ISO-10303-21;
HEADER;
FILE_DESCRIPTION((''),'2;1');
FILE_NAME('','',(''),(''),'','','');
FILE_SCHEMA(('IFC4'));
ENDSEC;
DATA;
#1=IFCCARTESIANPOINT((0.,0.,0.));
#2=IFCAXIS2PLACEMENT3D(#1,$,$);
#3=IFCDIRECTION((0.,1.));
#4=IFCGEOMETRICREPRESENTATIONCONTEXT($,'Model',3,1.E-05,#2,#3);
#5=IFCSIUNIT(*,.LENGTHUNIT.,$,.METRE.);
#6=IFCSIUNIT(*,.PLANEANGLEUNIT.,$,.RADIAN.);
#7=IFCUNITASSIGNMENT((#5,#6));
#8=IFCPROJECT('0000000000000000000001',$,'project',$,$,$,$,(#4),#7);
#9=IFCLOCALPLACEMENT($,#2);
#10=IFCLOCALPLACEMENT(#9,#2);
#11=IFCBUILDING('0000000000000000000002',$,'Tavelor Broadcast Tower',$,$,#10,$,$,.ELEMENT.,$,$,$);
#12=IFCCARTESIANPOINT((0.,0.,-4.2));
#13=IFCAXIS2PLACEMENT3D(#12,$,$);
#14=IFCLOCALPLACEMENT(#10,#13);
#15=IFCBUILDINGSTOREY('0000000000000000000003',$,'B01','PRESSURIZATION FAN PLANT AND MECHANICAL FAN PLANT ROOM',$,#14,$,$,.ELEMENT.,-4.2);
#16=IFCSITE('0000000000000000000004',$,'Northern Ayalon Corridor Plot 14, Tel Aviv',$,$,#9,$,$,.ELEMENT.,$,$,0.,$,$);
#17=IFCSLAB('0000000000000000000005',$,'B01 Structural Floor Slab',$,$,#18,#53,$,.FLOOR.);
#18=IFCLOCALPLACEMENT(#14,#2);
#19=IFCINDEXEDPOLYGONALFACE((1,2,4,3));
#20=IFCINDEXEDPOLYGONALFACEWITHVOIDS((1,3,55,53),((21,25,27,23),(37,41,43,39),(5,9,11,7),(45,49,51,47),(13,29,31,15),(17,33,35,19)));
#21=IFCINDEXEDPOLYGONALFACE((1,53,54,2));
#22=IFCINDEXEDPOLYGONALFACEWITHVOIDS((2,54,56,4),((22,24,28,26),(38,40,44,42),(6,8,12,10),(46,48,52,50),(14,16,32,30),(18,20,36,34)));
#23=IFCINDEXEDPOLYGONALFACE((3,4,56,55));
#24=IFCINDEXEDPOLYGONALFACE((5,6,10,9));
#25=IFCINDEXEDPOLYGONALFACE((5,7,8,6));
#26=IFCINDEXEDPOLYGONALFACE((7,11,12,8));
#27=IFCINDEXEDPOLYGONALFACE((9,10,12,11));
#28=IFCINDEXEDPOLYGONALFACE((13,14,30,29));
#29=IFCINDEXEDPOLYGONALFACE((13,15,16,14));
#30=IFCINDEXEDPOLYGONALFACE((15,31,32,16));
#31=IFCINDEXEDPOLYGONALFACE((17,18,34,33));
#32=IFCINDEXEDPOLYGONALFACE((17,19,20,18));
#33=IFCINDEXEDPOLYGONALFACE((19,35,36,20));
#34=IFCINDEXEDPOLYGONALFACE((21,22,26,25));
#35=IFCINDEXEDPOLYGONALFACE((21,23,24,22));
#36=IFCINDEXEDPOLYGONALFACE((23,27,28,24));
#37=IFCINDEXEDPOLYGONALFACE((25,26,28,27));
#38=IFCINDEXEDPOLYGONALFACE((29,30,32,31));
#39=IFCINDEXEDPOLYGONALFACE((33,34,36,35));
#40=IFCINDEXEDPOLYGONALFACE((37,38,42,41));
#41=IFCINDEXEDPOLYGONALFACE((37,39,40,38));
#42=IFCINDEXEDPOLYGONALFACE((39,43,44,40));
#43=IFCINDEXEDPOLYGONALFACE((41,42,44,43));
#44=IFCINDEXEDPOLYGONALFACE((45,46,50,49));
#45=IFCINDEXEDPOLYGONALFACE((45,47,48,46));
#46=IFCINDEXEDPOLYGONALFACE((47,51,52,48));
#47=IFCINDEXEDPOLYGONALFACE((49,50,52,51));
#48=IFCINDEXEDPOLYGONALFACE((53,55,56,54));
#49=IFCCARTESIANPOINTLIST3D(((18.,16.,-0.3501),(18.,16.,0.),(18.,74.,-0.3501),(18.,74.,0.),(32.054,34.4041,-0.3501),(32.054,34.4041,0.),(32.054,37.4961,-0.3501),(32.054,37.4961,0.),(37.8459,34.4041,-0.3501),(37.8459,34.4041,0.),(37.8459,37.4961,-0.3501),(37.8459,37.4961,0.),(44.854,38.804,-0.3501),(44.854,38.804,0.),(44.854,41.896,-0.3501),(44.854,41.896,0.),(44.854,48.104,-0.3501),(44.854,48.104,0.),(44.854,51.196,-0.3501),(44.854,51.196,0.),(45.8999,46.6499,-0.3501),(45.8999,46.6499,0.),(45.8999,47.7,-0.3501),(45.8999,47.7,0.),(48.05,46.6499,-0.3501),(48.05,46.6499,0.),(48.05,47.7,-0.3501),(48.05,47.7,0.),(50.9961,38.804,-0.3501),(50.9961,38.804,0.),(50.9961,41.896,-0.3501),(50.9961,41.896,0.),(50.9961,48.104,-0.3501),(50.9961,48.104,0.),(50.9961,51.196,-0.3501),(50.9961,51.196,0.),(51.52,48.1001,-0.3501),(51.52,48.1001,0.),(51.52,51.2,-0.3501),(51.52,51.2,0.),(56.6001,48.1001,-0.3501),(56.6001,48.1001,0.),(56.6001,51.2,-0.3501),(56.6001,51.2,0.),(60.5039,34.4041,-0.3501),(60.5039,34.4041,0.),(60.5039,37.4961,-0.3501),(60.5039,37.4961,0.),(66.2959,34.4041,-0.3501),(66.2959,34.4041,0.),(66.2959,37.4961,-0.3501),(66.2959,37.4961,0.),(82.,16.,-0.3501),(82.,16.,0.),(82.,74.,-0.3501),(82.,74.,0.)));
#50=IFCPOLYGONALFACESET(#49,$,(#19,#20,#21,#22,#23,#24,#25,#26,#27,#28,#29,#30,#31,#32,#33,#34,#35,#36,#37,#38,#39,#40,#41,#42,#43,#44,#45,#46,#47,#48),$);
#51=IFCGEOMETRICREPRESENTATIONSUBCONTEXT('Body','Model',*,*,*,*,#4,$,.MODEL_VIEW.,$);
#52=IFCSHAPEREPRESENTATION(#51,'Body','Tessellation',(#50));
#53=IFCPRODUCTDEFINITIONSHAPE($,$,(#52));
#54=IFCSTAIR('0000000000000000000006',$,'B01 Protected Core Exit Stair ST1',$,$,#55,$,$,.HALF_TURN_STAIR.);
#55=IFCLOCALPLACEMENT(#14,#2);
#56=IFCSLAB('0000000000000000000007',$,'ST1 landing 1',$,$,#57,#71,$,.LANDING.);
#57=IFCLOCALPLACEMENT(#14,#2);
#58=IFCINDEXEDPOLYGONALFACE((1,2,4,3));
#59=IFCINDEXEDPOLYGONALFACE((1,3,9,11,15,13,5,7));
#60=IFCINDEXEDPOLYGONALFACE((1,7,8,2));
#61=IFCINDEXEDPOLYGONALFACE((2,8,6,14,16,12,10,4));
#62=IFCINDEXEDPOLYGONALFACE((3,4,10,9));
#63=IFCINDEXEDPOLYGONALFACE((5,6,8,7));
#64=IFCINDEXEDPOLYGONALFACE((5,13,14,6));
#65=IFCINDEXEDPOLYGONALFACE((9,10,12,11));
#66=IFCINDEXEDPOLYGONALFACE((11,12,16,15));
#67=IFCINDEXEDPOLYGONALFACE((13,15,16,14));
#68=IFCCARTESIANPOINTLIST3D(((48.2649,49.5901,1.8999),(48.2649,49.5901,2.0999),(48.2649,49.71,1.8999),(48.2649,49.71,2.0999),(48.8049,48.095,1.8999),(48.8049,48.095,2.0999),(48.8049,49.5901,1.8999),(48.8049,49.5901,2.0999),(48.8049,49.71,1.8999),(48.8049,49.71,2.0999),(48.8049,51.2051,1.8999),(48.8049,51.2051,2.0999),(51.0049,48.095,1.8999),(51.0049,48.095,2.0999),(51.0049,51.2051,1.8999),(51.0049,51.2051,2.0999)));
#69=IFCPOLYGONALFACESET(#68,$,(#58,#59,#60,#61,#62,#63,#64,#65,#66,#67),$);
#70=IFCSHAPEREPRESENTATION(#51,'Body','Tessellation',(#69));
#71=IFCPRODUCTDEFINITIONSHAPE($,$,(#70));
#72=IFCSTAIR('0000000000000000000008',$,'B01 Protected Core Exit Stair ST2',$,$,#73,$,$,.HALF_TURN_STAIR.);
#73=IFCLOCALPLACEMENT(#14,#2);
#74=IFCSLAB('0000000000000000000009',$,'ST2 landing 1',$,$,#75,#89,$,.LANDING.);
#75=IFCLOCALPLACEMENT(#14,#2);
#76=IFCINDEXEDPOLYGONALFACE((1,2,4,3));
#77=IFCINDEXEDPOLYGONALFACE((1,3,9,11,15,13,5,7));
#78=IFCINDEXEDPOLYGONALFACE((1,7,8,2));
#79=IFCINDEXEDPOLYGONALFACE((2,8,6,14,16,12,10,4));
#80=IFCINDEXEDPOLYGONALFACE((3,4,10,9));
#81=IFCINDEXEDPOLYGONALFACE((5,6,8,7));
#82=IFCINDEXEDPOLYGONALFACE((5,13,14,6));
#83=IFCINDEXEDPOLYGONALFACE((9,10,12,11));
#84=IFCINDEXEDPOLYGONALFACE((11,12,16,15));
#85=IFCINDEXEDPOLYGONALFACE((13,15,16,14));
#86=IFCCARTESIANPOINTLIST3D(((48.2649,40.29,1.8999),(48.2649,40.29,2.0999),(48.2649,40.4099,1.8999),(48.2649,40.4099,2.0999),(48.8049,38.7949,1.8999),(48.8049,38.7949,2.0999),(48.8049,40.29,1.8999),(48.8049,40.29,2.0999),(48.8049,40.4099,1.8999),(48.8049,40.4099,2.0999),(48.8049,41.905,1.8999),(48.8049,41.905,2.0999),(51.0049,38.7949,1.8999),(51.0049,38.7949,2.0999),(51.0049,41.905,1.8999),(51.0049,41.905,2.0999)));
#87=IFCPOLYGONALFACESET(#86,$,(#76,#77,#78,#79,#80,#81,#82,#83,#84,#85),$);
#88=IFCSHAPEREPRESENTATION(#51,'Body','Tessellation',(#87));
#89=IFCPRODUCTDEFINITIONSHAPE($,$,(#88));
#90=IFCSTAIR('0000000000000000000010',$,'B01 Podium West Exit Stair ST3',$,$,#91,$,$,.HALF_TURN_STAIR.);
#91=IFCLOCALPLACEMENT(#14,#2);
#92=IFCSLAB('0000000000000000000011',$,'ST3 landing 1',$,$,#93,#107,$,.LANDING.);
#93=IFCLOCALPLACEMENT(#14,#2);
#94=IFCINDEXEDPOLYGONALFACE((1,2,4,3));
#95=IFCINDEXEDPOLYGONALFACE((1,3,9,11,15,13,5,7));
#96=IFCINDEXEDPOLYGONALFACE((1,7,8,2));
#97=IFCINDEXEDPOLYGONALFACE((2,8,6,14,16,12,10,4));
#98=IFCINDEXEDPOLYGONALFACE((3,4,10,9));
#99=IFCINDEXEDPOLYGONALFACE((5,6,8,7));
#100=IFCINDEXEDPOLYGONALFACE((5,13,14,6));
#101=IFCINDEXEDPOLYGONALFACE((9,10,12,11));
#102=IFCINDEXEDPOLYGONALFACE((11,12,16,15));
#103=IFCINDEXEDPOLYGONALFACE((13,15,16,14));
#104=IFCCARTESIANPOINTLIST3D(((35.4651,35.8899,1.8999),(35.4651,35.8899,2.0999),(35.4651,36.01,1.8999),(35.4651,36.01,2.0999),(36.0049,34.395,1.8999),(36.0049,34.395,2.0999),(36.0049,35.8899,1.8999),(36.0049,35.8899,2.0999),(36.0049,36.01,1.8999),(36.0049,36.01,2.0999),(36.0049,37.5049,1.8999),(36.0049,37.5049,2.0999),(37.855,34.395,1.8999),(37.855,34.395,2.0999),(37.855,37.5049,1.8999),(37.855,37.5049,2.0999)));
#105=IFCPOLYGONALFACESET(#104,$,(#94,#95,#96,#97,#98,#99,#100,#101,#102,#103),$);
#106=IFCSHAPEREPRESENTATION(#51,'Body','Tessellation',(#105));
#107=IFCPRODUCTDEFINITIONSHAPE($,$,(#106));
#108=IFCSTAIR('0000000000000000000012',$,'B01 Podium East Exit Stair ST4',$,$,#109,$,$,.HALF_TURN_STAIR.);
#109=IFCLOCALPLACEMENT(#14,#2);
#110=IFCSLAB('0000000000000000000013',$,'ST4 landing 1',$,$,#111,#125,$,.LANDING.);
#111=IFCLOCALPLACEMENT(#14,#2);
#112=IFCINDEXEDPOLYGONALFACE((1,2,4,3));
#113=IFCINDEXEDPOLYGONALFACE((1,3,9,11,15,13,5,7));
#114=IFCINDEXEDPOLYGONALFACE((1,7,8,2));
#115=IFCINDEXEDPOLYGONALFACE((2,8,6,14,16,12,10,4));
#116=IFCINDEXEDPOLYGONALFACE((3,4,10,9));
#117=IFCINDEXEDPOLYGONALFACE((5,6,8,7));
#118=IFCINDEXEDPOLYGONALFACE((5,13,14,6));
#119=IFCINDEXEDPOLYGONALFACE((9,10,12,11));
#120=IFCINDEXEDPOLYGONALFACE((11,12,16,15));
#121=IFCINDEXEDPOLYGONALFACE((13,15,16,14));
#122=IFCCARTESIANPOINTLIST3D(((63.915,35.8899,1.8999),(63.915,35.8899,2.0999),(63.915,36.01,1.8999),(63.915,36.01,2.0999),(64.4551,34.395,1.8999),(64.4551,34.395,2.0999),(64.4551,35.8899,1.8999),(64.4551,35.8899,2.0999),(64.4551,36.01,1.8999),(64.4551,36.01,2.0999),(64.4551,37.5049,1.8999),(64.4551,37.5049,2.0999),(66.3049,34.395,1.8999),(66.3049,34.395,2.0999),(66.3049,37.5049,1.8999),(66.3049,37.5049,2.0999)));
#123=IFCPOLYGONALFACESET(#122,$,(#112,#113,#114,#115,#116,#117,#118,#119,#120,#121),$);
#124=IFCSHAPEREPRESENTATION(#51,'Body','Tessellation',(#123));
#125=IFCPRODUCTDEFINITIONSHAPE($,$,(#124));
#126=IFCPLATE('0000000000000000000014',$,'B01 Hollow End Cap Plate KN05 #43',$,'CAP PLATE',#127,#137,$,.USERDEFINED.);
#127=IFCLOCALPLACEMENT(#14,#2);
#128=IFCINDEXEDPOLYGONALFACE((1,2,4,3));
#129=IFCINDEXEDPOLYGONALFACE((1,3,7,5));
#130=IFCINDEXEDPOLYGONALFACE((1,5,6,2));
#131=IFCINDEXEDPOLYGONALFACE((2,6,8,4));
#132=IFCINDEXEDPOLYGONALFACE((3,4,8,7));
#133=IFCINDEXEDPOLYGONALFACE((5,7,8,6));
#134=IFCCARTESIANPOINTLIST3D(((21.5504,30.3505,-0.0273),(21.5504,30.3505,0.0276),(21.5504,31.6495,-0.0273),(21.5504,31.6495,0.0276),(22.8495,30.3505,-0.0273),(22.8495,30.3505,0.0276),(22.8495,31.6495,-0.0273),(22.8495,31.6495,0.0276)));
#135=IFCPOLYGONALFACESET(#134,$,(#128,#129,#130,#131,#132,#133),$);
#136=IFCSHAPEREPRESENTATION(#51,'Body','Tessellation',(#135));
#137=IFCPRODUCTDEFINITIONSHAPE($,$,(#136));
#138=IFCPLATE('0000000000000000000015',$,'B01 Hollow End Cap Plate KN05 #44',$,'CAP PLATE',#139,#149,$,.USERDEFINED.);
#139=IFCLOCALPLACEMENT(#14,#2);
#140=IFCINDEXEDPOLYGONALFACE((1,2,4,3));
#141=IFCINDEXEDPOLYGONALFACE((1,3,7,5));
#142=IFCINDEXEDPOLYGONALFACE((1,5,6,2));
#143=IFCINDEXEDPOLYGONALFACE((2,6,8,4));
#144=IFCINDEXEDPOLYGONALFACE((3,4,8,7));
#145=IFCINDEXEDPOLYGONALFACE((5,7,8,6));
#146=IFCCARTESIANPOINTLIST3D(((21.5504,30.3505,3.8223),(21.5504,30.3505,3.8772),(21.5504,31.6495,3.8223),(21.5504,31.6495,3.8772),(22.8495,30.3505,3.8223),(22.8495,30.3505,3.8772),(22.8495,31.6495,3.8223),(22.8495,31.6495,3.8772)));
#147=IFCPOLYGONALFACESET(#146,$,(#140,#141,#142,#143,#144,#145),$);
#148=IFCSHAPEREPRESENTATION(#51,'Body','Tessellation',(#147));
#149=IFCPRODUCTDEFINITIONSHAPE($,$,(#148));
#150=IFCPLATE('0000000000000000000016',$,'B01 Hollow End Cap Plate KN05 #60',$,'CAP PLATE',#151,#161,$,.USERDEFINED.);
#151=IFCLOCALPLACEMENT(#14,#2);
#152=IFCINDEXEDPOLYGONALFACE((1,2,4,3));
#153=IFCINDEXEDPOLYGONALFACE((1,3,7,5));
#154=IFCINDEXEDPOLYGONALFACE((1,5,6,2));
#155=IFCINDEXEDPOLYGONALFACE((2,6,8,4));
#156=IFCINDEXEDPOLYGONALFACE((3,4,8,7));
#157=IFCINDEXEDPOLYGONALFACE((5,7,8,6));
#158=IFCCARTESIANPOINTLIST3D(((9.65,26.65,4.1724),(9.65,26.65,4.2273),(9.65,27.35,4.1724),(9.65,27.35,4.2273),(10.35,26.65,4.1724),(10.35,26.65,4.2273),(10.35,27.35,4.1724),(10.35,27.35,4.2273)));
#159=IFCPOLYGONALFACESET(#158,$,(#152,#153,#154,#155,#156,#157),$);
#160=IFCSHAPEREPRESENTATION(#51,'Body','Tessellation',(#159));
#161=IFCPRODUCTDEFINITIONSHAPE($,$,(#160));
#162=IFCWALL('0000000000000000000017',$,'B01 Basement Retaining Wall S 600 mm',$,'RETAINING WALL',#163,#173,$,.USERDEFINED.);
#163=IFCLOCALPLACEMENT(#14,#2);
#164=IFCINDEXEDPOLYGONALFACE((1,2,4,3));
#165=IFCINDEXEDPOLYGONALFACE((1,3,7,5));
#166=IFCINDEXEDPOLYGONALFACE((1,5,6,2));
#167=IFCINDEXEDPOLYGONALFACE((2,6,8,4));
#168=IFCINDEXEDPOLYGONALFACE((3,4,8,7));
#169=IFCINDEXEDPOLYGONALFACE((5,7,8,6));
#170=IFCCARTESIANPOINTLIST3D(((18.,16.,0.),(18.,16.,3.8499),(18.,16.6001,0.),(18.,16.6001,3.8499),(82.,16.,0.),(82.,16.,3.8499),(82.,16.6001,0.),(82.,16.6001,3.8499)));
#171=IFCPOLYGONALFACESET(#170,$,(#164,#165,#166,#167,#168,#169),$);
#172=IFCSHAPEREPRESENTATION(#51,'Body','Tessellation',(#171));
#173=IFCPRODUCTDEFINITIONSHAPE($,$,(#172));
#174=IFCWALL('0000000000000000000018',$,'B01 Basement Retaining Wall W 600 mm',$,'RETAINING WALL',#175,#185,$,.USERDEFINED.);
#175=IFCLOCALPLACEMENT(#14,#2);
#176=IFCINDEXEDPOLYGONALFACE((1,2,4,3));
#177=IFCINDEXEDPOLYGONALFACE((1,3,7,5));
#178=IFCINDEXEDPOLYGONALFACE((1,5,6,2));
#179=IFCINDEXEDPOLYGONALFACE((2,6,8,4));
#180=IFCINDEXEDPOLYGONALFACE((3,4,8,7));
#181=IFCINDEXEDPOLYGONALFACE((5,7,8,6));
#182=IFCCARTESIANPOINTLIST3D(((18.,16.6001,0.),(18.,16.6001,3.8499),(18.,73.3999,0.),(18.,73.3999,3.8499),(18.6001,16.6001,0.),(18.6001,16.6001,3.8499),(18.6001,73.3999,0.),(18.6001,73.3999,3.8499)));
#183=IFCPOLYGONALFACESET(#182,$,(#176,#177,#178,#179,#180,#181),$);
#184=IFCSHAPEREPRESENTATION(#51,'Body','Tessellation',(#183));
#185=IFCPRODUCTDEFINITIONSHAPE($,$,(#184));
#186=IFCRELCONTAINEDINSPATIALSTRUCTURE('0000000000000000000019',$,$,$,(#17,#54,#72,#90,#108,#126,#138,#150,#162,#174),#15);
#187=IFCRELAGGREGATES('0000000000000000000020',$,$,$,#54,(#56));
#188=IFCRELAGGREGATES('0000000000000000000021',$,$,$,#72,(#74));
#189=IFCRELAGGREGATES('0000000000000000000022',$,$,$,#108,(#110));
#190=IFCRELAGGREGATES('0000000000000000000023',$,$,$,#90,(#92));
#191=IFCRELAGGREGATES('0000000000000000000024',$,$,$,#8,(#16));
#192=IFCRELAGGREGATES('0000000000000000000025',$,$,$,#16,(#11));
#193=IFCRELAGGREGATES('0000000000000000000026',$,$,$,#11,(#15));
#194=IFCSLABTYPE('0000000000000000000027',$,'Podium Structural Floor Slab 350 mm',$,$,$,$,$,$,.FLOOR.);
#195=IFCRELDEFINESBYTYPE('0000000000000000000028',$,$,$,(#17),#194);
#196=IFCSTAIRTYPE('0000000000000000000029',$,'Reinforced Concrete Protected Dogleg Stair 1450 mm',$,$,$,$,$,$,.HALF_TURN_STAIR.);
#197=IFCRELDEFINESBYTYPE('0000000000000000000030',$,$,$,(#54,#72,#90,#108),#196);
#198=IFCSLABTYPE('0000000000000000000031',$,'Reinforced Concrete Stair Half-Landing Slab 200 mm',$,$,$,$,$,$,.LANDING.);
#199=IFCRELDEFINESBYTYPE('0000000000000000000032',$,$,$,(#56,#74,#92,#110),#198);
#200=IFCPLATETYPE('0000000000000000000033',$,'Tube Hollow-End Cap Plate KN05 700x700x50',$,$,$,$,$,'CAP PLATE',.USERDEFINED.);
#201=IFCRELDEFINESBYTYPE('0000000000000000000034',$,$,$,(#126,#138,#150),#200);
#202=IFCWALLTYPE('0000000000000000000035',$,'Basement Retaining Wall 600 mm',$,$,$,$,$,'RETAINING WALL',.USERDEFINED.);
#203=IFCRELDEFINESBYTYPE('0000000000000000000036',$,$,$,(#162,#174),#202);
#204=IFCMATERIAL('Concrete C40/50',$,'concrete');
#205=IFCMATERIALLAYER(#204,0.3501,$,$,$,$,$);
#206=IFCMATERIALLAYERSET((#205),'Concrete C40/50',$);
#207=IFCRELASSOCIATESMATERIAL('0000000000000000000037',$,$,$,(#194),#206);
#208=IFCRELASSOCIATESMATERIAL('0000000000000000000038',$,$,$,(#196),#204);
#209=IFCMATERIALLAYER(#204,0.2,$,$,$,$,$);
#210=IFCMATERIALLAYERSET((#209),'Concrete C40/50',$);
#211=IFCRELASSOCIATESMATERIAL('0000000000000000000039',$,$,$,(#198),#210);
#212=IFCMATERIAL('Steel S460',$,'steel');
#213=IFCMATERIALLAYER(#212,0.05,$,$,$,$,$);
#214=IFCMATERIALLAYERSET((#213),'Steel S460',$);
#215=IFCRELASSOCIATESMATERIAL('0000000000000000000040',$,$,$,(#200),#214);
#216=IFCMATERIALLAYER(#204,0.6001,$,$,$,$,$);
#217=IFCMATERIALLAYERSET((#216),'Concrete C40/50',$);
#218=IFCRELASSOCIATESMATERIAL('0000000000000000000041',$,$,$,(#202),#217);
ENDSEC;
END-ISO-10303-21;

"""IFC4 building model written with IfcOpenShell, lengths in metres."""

from ifc_helpers import new_model, si_unit, direction, frame, frame_2d, origin, origin_2d, place, context, subcontext, project, spatial, polyline, rectangle, outline, extrude, source, transform, mapped, material, layer, layer_set, type_object, type_shapes, element, aggregate, save


model = new_model("IFC4")

# Units and contexts
model_context = context("Model", 3, precision=1e-05, world=origin(), true_north=direction((0.0, 1.0)))
body_context = subcontext(model_context, "Body", "Model", "MODEL_VIEW")
ifc_project = project(units=[si_unit("LENGTHUNIT", "METRE"), si_unit("PLANEANGLEUNIT", "RADIAN")], contexts=[model_context])

# Site, building, storey
site_placement = place(None, origin())
site = spatial("IfcSite", under=ifc_project, at=site_placement, Name="Northern Ayalon Corridor Plot 14, Tel Aviv", CompositionType="ELEMENT", RefElevation=0.0)
building_placement = place(site_placement, origin())
building = spatial("IfcBuilding", under=site, at=building_placement, Name="Tavelor Broadcast Tower", CompositionType="ELEMENT")
storey_placement = place(building_placement, frame((0.0, 0.0, -4.2)))
storey = spatial("IfcBuildingStorey", under=building, at=storey_placement, Name="B01", Description="PRESSURIZATION FAN PLANT AND MECHANICAL FAN PLANT ROOM", CompositionType="ELEMENT", Elevation=-4.2)

# Shared definitions
ifc_material_1 = material(Name="Concrete C40/50", Category="concrete")
ifc_material_2 = material(Name="Steel S460", Category="steel")

# Slab
ifc_layer_1 = layer(ifc_material_1, 0.3501)
ifc_layer_set_1 = layer_set([ifc_layer_1], Name="Concrete C40/50")
slab_type_1 = type_object("IfcSlabType", Name="Podium Structural Floor Slab 350 mm", PredefinedType="FLOOR", material=ifc_layer_set_1)
slab_1_placement = place(storey_placement, frame((0.0, 0.0, -0.3501)))
element("IfcSlab", 1, at=slab_1_placement, inside=storey, type_object=slab_type_1, Name="B01 Structural Floor Slab", PredefinedType="FLOOR", context=body_context, shape_type="SweptSolid", body=[
    extrude(outline(polyline([(18.0, 16.0), (82.0, 16.0), (82.0, 74.0), (18.0, 74.0), (18.0, 16.0)]), holes=[polyline([(37.8459, 37.4961), (37.8459, 34.4041), (32.054, 34.4041), (32.054, 37.4961), (37.8459, 37.4961)]), polyline([(66.2959, 34.4041), (60.5039, 34.4041), (60.5039, 37.4961), (66.2959, 37.4961), (66.2959, 34.4041)]), polyline([(50.9961, 38.804), (44.854, 38.804), (44.854, 41.896), (50.9961, 41.896), (50.9961, 38.804)]), polyline([(48.05, 47.7), (48.05, 46.6499), (45.8999, 46.6499), (45.8999, 47.7), (48.05, 47.7)]), polyline([(50.9961, 48.104), (44.854, 48.104), (44.854, 51.196), (50.9961, 51.196), (50.9961, 48.104)]), polyline([(56.6001, 48.1001), (51.52, 48.1001), (51.52, 51.2), (56.6001, 51.2), (56.6001, 48.1001)])]), origin(), (0.0, 0.0, 1.0), 0.3501),
])

# Stairs, slabs
stair_type = type_object("IfcStairType", Name="Reinforced Concrete Protected Dogleg Stair 1450 mm", PredefinedType="HALF_TURN_STAIR", material=ifc_material_1)
stair_1_placement = place(storey_placement, origin())
stair_1 = element("IfcStair", 2, at=stair_1_placement, inside=storey, type_object=stair_type, Name="B01 Protected Core Exit Stair ST1", PredefinedType="HALF_TURN_STAIR")
ifc_layer_2 = layer(ifc_material_1, 0.2)
ifc_layer_set_2 = layer_set([ifc_layer_2], Name="Concrete C40/50")
slab_type_2 = type_object("IfcSlabType", Name="Reinforced Concrete Stair Half-Landing Slab 200 mm", PredefinedType="LANDING", material=ifc_layer_set_2)
slab_2_placement = place(storey_placement, frame((0.0, 0.0, 1.8999)))
slab_2 = element("IfcSlab", 3, at=slab_2_placement, type_object=slab_type_2, Name="ST1 landing 1", PredefinedType="LANDING", context=body_context, shape_type="SweptSolid", body=[
    extrude(outline(polyline([(48.8049, 49.5901), (48.8049, 48.095), (51.0049, 48.095), (51.0049, 51.2051), (48.8049, 51.2051), (48.8049, 49.71), (48.2649, 49.71), (48.2649, 49.5901), (48.8049, 49.5901)])), origin(), (0.0, 0.0, 1.0), 0.2),
])
aggregate(stair_1, [slab_2])
stair_2_placement = place(storey_placement, origin())
stair_2 = element("IfcStair", 4, at=stair_2_placement, inside=storey, type_object=stair_type, Name="B01 Protected Core Exit Stair ST2", PredefinedType="HALF_TURN_STAIR")
slab_3_placement = place(storey_placement, frame((0.0, 0.0, 1.8999)))
slab_3 = element("IfcSlab", 5, at=slab_3_placement, type_object=slab_type_2, Name="ST2 landing 1", PredefinedType="LANDING", context=body_context, shape_type="SweptSolid", body=[
    extrude(outline(polyline([(48.8049, 40.29), (48.8049, 38.7949), (51.0049, 38.7949), (51.0049, 41.905), (48.8049, 41.905), (48.8049, 40.4099), (48.2649, 40.4099), (48.2649, 40.29), (48.8049, 40.29)])), origin(), (0.0, 0.0, 1.0), 0.2),
])
aggregate(stair_2, [slab_3])
stair_3_placement = place(storey_placement, origin())
stair_3 = element("IfcStair", 6, at=stair_3_placement, inside=storey, type_object=stair_type, Name="B01 Podium West Exit Stair ST3", PredefinedType="HALF_TURN_STAIR")
slab_4_placement = place(storey_placement, frame((0.0, 0.0, 1.8999)))
slab_4 = element("IfcSlab", 7, at=slab_4_placement, type_object=slab_type_2, Name="ST3 landing 1", PredefinedType="LANDING", context=body_context, shape_type="SweptSolid", body=[
    extrude(outline(polyline([(36.0049, 35.8899), (36.0049, 34.395), (37.855, 34.395), (37.855, 37.5049), (36.0049, 37.5049), (36.0049, 36.01), (35.4651, 36.01), (35.4651, 35.8899), (36.0049, 35.8899)])), origin(), (0.0, 0.0, 1.0), 0.2),
])
stair_4_placement = place(storey_placement, origin())
stair_4 = element("IfcStair", 8, at=stair_4_placement, inside=storey, type_object=stair_type, Name="B01 Podium East Exit Stair ST4", PredefinedType="HALF_TURN_STAIR")
slab_5_placement = place(storey_placement, frame((0.0, 0.0, 1.8999)))
slab_5 = element("IfcSlab", 9, at=slab_5_placement, type_object=slab_type_2, Name="ST4 landing 1", PredefinedType="LANDING", context=body_context, shape_type="SweptSolid", body=[
    extrude(outline(polyline([(64.4551, 35.8899), (64.4551, 34.395), (66.3049, 34.395), (66.3049, 37.5049), (64.4551, 37.5049), (64.4551, 36.01), (63.915, 36.01), (63.915, 35.8899), (64.4551, 35.8899)])), origin(), (0.0, 0.0, 1.0), 0.2),
])
aggregate(stair_4, [slab_5])

# Plates
ifc_layer_3 = layer(ifc_material_2, 0.05)
ifc_layer_set_3 = layer_set([ifc_layer_3], Name="Steel S460")
plate_type = type_object("IfcPlateType", Name="Tube Hollow-End Cap Plate KN05 700x700x50", ElementType="CAP PLATE", PredefinedType="USERDEFINED", material=ifc_layer_set_3)
shared_shape_1 = source(origin(), body_context, "Body", "SweptSolid", [
    extrude(rectangle(XDim=1.2991, YDim=1.2991, at=origin_2d()), origin(), (0.0, 0.0, 1.0), 0.0549),
])
for number, where, z_axis, x_axis, name in (
    (10, (22.2, 31.0, -0.0273), (0.0, 0.0, 1.0), (1.0, 0.0, 0.0), "B01 Hollow End Cap Plate KN05 #43"),
    (11, (22.2, 31.0, 3.8223), (0.0, 0.0, 1.0), (1.0, 0.0, 0.0), "B01 Hollow End Cap Plate KN05 #44"),
):
    element("IfcPlate", number, at=place(storey_placement, frame(where, z_axis=z_axis, x_axis=x_axis)), inside=storey, type_object=plate_type, Name=name, ObjectType="CAP PLATE", PredefinedType="USERDEFINED", context=body_context, shape_type="MappedRepresentation", body=[
        mapped(shared_shape_1, transform((0.0, 0.0, 0.0), scale=1.0)),
    ])
shared_shape_2 = source(origin(), body_context, "Body", "SweptSolid", [
    extrude(rectangle(XDim=0.7, YDim=0.7, at=origin_2d()), origin(), (0.0, 0.0, 1.0), 0.0549),
])
type_shapes(plate_type, [shared_shape_1, shared_shape_2])
plate_placement = place(storey_placement, frame((10.0, 27.0, 4.1724), z_axis=(0.0, 0.0, 1.0), x_axis=(1.0, 0.0, 0.0)))
element("IfcPlate", 12, at=plate_placement, inside=storey, type_object=plate_type, Name="B01 Hollow End Cap Plate KN05 #60", ObjectType="CAP PLATE", PredefinedType="USERDEFINED", context=body_context, shape_type="MappedRepresentation", body=[
    mapped(shared_shape_2, transform((0.0, 0.0, 0.0), scale=1.0)),
])

# Walls
ifc_layer_4 = layer(ifc_material_1, 0.6001)
ifc_layer_set_4 = layer_set([ifc_layer_4], Name="Concrete C40/50")
wall_type_1 = type_object("IfcWallType", Name="Basement Retaining Wall 600 mm", ElementType="RETAINING WALL", PredefinedType="USERDEFINED", material=ifc_layer_set_4)
wall_1_placement = place(storey_placement, frame((18.0, 16.3, 0.0), z_axis=(0.0, 0.0, 1.0), x_axis=(1.0, 0.0, 0.0)))
element("IfcWall", 13, at=wall_1_placement, inside=storey, type_object=wall_type_1, Name="B01 Basement Retaining Wall S 600 mm", ObjectType="RETAINING WALL", PredefinedType="USERDEFINED", context=body_context, shape_type="SweptSolid", body=[
    extrude(rectangle(XDim=64.0, YDim=0.6001, at=frame_2d((32.0, 0.0))), origin(), (0.0, 0.0, 1.0), 3.8499),
])
wall_2_placement = place(storey_placement, frame((18.3, 16.6001, 0.0), z_axis=(0.0, 0.0, 1.0), x_axis=(0.0, 1.0, 0.0)))
element("IfcWall", 14, at=wall_2_placement, inside=storey, type_object=wall_type_1, Name="B01 Basement Retaining Wall W 600 mm", ObjectType="RETAINING WALL", PredefinedType="USERDEFINED", context=body_context, shape_type="SweptSolid", body=[
    extrude(rectangle(XDim=56.7998, YDim=0.6001, at=frame_2d((28.3999, 0.0))), origin(), (0.0, 0.0, 1.0), 3.8499),
])

aggregate(stair_3, [slab_4])

save(model, "model.ifc")
